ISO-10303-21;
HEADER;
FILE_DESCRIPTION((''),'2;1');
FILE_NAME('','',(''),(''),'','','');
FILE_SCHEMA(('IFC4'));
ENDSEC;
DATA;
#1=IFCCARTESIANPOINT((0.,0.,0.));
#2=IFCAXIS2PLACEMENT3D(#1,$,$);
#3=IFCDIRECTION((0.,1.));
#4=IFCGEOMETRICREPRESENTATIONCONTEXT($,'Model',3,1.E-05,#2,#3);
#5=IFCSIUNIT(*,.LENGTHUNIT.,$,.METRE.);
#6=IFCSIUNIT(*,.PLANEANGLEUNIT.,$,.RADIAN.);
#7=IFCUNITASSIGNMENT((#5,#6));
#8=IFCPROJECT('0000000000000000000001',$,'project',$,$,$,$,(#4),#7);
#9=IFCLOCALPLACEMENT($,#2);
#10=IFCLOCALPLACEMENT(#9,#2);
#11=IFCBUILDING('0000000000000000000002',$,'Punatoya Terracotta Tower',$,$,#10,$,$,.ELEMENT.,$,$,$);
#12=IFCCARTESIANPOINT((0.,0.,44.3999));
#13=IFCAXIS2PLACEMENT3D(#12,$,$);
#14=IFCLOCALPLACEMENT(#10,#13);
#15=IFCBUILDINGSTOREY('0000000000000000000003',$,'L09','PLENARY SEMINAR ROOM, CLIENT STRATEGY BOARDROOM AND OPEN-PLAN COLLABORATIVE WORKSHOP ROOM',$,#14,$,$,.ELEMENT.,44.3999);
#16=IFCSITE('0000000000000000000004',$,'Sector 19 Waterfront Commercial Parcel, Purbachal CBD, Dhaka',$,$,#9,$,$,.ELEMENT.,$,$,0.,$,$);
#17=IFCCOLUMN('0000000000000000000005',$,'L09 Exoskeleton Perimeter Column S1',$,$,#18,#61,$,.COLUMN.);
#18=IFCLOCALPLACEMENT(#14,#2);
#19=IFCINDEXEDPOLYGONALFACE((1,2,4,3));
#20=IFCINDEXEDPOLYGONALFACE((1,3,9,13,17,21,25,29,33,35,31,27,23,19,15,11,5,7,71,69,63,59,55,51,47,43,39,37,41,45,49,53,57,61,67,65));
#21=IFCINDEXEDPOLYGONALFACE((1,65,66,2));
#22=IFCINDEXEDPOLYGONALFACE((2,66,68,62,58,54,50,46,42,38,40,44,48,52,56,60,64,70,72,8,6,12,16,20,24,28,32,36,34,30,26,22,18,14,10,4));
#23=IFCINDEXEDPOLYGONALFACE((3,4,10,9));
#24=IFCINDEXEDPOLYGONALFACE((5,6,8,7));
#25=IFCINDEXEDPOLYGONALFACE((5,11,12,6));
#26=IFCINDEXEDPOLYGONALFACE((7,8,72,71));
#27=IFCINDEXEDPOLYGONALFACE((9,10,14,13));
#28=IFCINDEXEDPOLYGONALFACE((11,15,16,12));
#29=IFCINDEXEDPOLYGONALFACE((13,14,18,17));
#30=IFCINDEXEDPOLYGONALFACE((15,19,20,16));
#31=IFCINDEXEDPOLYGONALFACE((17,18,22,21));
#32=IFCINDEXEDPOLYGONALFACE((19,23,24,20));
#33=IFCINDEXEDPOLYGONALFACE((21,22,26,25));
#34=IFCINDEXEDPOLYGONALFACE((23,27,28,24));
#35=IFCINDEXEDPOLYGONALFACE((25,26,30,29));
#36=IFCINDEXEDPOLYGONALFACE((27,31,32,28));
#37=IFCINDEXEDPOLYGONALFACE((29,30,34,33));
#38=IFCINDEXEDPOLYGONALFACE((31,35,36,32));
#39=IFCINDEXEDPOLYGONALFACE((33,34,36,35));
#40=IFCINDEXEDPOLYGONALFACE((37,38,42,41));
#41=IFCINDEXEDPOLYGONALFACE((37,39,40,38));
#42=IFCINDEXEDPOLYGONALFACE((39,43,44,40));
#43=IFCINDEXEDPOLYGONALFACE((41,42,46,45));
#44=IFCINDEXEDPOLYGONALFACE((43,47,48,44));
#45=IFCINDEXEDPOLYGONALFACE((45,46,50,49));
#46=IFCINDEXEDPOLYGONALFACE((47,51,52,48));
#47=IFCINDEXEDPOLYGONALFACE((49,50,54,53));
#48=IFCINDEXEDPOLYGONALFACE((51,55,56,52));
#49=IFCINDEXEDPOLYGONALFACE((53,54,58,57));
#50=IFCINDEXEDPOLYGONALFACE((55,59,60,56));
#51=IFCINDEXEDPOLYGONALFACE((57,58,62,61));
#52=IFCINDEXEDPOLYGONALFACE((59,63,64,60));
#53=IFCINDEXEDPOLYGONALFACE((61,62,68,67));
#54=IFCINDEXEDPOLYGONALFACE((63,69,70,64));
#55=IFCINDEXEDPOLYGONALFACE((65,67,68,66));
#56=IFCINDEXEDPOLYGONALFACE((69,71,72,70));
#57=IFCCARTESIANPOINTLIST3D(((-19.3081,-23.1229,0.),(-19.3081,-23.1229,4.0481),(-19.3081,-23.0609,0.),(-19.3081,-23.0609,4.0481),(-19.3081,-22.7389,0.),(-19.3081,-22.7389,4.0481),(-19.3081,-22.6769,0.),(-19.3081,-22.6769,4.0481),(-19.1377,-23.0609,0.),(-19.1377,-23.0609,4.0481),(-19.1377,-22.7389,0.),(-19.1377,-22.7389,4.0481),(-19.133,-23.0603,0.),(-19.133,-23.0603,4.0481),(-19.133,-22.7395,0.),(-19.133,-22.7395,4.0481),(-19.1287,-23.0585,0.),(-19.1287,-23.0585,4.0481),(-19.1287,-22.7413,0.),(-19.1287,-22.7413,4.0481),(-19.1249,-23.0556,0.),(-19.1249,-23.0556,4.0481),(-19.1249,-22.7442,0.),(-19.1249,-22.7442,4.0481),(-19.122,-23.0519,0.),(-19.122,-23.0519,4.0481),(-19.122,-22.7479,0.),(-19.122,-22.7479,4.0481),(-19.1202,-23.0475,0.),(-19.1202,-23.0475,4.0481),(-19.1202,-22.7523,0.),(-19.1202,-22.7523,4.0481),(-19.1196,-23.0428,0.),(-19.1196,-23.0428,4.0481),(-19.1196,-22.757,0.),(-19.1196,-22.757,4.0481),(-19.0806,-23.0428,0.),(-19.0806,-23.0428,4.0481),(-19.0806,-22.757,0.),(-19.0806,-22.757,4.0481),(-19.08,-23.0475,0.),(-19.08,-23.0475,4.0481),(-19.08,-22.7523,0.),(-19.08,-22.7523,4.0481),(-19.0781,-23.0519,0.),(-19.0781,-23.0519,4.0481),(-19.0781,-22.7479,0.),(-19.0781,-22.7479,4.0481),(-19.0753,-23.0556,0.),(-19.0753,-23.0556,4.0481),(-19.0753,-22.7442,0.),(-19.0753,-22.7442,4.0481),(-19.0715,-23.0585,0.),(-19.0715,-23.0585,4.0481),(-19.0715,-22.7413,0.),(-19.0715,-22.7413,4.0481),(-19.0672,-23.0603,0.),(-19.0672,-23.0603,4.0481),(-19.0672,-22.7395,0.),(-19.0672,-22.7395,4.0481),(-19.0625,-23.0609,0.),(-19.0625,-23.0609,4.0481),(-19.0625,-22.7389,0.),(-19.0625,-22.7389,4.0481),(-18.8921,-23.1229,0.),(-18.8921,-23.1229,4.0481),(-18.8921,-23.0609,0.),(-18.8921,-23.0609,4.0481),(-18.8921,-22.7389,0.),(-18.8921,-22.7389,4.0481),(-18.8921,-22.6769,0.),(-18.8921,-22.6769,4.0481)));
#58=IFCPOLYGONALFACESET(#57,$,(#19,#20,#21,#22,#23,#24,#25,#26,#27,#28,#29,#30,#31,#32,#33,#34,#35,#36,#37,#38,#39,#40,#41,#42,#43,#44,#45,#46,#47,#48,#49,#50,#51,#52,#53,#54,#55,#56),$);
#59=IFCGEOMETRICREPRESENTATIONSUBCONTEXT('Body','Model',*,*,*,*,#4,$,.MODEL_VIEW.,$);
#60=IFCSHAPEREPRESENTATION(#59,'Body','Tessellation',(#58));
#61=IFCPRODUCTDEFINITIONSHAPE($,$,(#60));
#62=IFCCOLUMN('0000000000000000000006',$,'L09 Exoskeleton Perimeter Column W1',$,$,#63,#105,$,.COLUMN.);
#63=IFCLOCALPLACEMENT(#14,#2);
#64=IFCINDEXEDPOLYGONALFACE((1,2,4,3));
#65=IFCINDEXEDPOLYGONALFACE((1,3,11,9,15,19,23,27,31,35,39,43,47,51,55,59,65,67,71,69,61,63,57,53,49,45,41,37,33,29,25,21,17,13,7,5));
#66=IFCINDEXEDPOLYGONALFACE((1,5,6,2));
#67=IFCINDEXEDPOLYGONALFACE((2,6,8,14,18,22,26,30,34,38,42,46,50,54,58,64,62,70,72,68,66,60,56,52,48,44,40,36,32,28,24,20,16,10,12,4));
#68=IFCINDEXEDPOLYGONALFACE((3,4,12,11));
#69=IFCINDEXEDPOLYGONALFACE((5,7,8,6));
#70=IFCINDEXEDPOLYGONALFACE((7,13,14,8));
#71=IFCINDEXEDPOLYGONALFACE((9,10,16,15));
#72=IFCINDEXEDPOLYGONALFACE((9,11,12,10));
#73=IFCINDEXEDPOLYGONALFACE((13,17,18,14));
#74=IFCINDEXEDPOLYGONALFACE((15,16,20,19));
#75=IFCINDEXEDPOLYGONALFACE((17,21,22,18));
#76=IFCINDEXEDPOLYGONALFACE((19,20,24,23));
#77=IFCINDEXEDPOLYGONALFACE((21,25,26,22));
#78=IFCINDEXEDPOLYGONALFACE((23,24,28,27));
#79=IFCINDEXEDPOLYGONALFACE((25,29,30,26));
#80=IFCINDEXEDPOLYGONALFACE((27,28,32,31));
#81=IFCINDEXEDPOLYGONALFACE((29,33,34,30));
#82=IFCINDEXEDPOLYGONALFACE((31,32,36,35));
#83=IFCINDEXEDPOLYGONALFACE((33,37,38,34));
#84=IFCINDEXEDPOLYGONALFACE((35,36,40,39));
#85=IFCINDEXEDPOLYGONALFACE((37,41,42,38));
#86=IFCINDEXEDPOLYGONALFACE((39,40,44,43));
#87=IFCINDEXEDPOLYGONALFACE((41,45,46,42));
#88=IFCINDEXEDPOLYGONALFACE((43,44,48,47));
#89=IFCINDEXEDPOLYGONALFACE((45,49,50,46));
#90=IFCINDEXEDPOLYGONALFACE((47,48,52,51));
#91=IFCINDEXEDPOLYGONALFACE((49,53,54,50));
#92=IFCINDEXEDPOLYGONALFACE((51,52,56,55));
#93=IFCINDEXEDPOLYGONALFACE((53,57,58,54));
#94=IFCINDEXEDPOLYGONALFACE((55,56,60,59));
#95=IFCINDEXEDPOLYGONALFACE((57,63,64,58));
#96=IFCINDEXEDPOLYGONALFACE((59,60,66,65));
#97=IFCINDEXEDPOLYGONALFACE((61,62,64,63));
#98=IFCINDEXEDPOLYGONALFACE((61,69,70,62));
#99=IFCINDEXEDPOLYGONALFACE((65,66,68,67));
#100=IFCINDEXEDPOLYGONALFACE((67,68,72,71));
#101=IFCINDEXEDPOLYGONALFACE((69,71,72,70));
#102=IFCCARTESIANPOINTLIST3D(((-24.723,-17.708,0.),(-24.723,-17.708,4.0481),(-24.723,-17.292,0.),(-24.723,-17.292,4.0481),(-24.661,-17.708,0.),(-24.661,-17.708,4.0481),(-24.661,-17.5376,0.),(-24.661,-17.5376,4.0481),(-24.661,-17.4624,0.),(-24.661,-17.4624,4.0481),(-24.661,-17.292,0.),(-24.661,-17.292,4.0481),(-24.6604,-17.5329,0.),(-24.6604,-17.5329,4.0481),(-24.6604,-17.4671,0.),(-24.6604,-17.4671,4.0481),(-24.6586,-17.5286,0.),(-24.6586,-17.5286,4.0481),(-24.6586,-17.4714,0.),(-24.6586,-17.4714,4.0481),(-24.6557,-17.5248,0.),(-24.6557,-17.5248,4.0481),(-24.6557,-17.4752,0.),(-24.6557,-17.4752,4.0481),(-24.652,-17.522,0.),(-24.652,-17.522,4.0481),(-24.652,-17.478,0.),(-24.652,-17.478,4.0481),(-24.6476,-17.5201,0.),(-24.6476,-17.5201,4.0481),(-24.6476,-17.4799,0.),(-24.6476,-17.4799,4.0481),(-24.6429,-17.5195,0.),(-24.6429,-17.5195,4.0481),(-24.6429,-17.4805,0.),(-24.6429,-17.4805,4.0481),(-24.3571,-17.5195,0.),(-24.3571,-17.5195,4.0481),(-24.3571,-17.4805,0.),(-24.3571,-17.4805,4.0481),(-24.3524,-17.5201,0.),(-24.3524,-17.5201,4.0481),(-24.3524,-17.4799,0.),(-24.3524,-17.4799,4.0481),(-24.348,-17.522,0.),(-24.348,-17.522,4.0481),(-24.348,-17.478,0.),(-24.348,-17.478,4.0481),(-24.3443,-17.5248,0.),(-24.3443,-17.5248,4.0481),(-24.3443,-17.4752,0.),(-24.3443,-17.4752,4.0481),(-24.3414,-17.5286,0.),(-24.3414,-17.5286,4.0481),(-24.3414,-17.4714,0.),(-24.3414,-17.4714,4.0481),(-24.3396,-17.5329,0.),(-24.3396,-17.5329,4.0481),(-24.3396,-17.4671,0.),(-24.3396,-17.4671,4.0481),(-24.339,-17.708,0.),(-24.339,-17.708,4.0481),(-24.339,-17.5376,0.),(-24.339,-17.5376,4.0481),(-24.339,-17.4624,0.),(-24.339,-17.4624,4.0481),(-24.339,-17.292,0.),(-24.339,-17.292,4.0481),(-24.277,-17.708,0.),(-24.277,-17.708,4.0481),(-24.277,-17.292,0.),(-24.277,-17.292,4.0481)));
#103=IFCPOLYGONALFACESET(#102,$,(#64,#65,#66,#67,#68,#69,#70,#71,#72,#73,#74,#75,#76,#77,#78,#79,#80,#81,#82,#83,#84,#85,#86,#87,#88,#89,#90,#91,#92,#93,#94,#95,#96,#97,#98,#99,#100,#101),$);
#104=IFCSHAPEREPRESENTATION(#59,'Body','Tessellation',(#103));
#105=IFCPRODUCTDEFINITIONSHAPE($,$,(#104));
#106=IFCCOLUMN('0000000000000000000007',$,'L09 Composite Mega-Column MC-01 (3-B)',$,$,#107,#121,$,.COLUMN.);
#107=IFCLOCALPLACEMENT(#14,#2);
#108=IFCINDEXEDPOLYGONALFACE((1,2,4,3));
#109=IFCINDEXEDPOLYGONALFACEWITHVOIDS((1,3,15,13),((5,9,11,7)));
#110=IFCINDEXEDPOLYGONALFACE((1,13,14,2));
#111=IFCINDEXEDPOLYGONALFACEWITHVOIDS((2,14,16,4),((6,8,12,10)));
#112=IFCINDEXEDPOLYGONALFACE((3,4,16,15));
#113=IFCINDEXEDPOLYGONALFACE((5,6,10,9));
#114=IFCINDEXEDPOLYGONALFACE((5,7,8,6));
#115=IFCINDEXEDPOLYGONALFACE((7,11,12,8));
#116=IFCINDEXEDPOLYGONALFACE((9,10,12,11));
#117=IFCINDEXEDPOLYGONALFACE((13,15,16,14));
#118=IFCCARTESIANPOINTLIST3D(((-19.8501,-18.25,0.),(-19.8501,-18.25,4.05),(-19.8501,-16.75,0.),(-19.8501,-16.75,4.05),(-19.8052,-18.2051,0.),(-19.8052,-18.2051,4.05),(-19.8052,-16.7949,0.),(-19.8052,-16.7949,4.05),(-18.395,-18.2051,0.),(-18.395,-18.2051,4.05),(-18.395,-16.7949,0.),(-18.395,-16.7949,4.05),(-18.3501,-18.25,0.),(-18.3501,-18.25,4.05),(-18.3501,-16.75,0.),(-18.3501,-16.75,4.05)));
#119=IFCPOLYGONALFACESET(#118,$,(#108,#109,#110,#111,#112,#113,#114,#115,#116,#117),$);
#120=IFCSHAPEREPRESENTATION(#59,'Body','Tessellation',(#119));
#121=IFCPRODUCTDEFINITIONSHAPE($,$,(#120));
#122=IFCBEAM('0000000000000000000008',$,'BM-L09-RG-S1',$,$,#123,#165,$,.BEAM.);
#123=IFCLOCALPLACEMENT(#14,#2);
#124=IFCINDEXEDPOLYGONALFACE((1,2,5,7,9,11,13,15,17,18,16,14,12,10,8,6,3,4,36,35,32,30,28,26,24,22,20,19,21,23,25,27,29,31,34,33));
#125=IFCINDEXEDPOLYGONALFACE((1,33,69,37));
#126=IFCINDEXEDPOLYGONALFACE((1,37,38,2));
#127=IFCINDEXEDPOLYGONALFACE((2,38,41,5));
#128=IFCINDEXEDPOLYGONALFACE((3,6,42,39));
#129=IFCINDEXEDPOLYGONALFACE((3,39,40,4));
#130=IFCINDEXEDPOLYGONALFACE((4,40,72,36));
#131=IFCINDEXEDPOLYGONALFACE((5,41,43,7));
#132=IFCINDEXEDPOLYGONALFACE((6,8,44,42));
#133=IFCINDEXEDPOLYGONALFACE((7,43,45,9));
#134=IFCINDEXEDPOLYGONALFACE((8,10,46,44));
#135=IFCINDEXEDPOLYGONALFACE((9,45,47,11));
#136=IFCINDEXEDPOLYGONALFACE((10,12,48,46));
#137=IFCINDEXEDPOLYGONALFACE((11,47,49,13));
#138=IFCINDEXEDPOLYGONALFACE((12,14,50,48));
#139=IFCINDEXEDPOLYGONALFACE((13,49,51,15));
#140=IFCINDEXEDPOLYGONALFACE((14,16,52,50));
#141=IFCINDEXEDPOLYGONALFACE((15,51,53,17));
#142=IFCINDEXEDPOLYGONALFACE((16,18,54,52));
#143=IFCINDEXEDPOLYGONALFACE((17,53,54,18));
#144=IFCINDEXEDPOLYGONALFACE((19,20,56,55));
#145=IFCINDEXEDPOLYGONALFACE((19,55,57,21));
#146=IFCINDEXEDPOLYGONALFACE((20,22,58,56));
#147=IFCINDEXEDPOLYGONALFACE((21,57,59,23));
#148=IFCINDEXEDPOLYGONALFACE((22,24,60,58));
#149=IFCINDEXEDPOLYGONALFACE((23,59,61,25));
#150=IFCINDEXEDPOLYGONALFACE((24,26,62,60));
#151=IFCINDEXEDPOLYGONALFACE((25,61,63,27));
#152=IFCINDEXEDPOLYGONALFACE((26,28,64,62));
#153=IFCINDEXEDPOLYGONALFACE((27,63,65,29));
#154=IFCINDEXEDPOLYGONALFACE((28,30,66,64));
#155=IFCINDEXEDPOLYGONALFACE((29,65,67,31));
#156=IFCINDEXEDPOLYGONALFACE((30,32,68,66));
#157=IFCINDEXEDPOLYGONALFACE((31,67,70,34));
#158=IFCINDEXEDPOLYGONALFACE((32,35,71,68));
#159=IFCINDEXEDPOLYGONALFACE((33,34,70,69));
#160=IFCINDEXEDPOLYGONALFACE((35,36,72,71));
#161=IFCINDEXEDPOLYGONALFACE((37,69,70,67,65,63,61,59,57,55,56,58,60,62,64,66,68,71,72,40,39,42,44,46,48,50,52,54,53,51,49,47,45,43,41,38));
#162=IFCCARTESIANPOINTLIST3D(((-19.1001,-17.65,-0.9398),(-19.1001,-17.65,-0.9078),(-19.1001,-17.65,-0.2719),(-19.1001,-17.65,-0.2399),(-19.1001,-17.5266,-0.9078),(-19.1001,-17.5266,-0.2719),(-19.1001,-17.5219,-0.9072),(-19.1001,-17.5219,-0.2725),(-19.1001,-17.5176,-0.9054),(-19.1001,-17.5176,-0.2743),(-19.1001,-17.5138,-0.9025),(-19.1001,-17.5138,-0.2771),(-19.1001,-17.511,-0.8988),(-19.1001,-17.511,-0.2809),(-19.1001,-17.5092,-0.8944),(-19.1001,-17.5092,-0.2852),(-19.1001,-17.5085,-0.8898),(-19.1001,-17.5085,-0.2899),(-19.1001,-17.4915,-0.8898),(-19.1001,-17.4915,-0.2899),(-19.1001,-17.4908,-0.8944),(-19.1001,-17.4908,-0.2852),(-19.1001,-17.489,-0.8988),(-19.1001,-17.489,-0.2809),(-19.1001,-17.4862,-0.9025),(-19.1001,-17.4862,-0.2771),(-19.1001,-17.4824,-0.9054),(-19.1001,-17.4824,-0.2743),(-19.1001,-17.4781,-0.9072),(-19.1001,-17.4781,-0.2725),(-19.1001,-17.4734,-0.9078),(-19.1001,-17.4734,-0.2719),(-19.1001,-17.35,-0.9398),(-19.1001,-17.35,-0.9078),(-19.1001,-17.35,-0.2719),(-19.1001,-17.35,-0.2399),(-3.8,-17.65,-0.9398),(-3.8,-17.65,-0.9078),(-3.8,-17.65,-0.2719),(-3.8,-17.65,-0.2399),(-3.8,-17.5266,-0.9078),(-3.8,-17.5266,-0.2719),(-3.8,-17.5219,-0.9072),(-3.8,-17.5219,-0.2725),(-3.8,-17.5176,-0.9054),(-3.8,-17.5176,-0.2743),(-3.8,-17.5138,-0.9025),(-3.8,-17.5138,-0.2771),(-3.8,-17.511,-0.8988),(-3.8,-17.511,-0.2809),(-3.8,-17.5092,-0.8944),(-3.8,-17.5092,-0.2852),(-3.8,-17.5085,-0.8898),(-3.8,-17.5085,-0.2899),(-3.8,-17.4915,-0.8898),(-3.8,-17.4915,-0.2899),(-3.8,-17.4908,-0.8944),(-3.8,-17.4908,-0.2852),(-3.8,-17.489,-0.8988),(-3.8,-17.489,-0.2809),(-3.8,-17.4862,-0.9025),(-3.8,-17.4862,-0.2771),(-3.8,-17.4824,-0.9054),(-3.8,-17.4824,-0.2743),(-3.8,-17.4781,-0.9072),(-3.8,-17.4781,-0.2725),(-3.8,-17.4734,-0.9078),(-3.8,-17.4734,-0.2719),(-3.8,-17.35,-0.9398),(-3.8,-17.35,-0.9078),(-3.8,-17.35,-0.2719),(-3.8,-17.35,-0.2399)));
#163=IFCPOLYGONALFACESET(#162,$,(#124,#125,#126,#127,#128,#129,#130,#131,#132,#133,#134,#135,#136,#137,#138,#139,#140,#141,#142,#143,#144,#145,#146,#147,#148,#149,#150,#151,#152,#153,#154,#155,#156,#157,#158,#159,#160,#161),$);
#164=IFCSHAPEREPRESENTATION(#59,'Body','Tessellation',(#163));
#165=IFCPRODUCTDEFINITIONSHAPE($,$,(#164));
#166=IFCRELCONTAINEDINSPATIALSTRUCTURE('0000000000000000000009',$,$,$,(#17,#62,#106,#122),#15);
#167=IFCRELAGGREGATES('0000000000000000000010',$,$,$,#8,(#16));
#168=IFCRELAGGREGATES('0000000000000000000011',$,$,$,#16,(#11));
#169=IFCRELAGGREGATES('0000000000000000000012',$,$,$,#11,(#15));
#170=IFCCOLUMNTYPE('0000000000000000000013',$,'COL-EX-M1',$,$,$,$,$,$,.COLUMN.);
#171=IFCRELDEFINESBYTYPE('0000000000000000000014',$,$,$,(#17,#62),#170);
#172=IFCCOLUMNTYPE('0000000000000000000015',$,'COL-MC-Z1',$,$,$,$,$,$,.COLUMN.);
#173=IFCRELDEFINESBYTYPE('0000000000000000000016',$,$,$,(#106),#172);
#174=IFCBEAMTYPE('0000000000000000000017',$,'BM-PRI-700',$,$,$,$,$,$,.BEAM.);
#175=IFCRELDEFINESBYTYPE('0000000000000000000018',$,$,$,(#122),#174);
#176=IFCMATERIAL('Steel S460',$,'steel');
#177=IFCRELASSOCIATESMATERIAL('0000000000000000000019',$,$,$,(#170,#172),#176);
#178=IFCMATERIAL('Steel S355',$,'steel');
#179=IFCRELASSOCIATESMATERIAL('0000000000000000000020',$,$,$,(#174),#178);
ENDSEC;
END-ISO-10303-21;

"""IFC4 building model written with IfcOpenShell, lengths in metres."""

from ifc_helpers import new_model, si_unit, direction, frame, origin, origin_2d, place, context, subcontext, project, spatial, hollow_rectangle, i_section, extrude, material, material_profile, profile_set, type_object, element, save


model = new_model("IFC4")

# Units and contexts
model_context = context("Model", 3, precision=1e-05, world=origin(), true_north=direction((0.0, 1.0)))
body_context = subcontext(model_context, "Body", "Model", "MODEL_VIEW")
ifc_project = project(units=[si_unit("LENGTHUNIT", "METRE"), si_unit("PLANEANGLEUNIT", "RADIAN")], contexts=[model_context])

# Site, building, storey
site_placement = place(None, origin())
site = spatial("IfcSite", under=ifc_project, at=site_placement, Name="Sector 19 Waterfront Commercial Parcel, Purbachal CBD, Dhaka", CompositionType="ELEMENT", RefElevation=0.0)
building_placement = place(site_placement, origin())
building = spatial("IfcBuilding", under=site, at=building_placement, Name="Punatoya Terracotta Tower", CompositionType="ELEMENT")
storey_placement = place(building_placement, frame((0.0, 0.0, 44.3999)))
storey = spatial("IfcBuildingStorey", under=building, at=storey_placement, Name="L09", Description="PLENARY SEMINAR ROOM, CLIENT STRATEGY BOARDROOM AND OPEN-PLAN COLLABORATIVE WORKSHOP ROOM", CompositionType="ELEMENT", Elevation=44.3999)

# Columns
ifc_material_1 = material(Name="Steel S460", Category="steel")
ifc_material_profile_1 = material_profile(ifc_material_1, i_section(OverallWidth=0.416, OverallDepth=0.446, WebThickness=0.0391, FlangeThickness=0.062, FilletRadius=0.0181, at=origin_2d()))
ifc_profile_set_1 = profile_set([ifc_material_profile_1], Name="Steel S460")
column_type_1 = type_object("IfcColumnType", Name="COL-EX-M1", PredefinedType="COLUMN", material=ifc_profile_set_1)
for number, where, z_axis, x_axis, name in (
    (1, (-19.1001, -22.8999, 0.0), (0.0, 0.0, 1.0), (1.0, 0.0, 0.0), "L09 Exoskeleton Perimeter Column S1"),
    (2, (-24.5, -17.5, 0.0), (0.0, 0.0, 1.0), (0.0, 1.0, 0.0), "L09 Exoskeleton Perimeter Column W1"),
):
    element("IfcColumn", number, at=place(storey_placement, frame(where, z_axis=z_axis, x_axis=x_axis)), inside=storey, type_object=column_type_1, Name=name, PredefinedType="COLUMN", context=body_context, shape_type="SweptSolid", body=[
        extrude(i_section(OverallWidth=0.416, OverallDepth=0.446, WebThickness=0.0391, FlangeThickness=0.062, FilletRadius=0.0181, at=origin_2d()), origin(), (0.0, 0.0, 1.0), 4.0481),
    ])
ifc_material_profile_2 = material_profile(ifc_material_1, hollow_rectangle(XDim=1.5, YDim=1.5, WallThickness=0.0449, at=origin_2d()))
ifc_profile_set_2 = profile_set([ifc_material_profile_2], Name="Steel S460")
column_type_2 = type_object("IfcColumnType", Name="COL-MC-Z1", PredefinedType="COLUMN", material=ifc_profile_set_2)
column_placement = place(storey_placement, frame((-19.1001, -17.5, 0.0), z_axis=(0.0, 0.0, 1.0), x_axis=(1.0, 0.0, 0.0)))
element("IfcColumn", 3, at=column_placement, inside=storey, type_object=column_type_2, Name="L09 Composite Mega-Column MC-01 (3-B)", PredefinedType="COLUMN", context=body_context, shape_type="SweptSolid", body=[
    extrude(hollow_rectangle(XDim=1.5, YDim=1.5, WallThickness=0.0449, at=origin_2d()), origin(), (0.0, 0.0, 1.0), 4.05),
])

# Beam
ifc_material_2 = material(Name="Steel S355", Category="steel")
ifc_material_profile_3 = material_profile(ifc_material_2, i_section(OverallWidth=0.3, OverallDepth=0.7, WebThickness=0.0171, FlangeThickness=0.032, FilletRadius=0.0181, at=origin_2d()))
ifc_profile_set_3 = profile_set([ifc_material_profile_3], Name="Steel S355")
beam_type_1 = type_object("IfcBeamType", Name="BM-PRI-700", PredefinedType="BEAM", material=ifc_profile_set_3)
beam_1_placement = place(storey_placement, frame((-19.1001, -17.5, -0.5898), z_axis=(1.0, 0.0, 0.0), x_axis=(0.0, 1.0, 0.0)))
element("IfcBeam", 4, at=beam_1_placement, inside=storey, type_object=beam_type_1, Name="BM-L09-RG-S1", PredefinedType="BEAM", context=body_context, shape_type="SweptSolid", body=[
    extrude(i_section(OverallWidth=0.3, OverallDepth=0.7, WebThickness=0.0171, FlangeThickness=0.032, FilletRadius=0.0181, at=origin_2d()), origin(), (0.0, 0.0, 1.0), 15.3),
])

save(model, "model.ifc")
